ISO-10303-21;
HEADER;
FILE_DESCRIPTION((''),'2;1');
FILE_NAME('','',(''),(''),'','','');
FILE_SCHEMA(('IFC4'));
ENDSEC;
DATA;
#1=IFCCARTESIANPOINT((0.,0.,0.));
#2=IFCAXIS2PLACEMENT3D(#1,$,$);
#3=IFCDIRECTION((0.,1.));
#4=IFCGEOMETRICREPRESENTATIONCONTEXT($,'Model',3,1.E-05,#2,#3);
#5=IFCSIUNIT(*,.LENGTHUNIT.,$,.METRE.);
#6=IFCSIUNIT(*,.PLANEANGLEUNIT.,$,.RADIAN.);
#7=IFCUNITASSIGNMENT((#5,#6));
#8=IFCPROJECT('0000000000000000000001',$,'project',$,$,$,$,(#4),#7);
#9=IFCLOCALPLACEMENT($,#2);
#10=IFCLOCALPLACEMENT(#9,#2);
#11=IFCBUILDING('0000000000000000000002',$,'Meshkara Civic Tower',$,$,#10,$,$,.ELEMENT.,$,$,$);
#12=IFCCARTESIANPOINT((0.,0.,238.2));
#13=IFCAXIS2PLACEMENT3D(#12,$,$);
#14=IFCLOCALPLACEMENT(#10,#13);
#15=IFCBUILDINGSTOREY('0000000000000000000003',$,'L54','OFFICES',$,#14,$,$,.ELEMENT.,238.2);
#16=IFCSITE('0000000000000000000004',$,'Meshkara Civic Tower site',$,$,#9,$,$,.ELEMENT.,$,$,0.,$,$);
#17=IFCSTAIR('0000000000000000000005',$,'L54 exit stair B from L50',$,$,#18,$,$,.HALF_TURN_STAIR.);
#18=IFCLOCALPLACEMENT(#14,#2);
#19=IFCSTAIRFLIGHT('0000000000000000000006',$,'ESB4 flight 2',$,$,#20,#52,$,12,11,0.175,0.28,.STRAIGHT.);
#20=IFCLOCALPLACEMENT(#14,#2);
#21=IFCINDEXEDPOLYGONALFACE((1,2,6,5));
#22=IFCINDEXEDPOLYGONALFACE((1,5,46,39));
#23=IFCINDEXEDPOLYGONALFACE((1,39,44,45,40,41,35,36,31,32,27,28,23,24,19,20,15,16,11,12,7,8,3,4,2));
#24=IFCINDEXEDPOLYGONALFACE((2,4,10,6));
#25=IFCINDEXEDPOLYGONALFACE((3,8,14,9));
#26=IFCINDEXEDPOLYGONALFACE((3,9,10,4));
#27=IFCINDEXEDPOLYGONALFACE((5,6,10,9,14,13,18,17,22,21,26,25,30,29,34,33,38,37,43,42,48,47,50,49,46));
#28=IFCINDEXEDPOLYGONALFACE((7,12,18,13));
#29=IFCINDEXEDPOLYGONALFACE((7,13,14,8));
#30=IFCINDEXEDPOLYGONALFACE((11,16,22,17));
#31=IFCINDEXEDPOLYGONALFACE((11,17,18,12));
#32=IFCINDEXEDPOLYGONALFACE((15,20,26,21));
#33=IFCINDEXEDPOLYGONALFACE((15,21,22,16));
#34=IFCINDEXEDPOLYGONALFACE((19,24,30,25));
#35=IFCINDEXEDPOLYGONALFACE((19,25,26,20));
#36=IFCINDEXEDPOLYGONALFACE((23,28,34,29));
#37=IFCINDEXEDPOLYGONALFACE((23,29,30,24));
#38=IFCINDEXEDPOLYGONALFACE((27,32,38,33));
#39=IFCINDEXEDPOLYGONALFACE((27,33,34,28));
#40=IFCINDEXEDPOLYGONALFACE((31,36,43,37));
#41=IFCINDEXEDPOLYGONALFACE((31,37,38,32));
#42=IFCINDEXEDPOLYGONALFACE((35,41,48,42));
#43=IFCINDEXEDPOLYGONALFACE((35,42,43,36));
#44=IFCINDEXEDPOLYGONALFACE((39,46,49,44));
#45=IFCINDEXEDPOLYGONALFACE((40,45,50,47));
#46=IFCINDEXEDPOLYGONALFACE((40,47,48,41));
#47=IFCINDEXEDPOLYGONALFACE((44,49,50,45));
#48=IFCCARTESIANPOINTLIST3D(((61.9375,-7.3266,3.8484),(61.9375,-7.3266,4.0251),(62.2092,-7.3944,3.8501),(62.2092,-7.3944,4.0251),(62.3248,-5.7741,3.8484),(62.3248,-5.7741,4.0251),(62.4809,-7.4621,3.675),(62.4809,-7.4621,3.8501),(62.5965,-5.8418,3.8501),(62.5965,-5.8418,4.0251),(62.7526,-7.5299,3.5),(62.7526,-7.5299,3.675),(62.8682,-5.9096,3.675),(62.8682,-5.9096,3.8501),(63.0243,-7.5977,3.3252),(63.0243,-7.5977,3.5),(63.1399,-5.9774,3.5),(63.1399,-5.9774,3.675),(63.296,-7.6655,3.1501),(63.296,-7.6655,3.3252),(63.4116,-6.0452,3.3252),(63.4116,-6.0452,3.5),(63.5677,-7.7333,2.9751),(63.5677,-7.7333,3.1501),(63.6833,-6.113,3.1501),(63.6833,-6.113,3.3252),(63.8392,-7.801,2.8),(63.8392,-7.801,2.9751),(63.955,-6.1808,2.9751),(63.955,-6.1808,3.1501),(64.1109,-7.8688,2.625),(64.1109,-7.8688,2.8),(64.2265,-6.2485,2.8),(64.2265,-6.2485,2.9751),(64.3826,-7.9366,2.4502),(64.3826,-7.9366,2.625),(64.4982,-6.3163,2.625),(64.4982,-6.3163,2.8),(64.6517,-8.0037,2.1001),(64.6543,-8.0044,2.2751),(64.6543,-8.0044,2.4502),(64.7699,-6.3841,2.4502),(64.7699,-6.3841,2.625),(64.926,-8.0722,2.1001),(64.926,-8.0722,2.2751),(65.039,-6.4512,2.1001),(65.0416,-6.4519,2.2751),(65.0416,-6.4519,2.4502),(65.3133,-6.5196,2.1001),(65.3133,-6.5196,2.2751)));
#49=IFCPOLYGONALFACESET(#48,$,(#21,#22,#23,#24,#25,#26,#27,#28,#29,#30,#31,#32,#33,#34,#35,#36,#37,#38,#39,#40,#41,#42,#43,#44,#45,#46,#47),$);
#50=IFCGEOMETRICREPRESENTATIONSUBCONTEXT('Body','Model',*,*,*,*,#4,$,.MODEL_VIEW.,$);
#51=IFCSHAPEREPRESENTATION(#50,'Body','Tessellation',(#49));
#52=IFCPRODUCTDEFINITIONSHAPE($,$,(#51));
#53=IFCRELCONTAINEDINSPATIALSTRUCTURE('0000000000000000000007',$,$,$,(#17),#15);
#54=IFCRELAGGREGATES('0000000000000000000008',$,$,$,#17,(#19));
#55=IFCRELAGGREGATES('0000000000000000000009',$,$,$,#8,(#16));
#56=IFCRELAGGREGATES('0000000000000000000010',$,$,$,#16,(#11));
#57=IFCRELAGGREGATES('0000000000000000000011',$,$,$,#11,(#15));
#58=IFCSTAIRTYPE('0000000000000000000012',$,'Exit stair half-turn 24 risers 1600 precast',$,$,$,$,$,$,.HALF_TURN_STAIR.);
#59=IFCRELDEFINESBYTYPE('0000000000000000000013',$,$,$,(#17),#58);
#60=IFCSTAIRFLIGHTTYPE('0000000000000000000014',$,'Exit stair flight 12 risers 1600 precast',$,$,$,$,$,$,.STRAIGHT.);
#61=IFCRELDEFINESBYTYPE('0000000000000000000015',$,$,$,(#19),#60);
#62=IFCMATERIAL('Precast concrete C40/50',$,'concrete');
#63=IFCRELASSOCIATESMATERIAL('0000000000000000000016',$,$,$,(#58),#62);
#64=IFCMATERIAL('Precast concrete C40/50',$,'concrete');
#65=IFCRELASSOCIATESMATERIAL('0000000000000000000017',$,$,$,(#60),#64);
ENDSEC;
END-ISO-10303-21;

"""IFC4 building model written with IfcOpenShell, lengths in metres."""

from ifc_helpers import new_model, si_unit, direction, frame, origin, place, context, subcontext, project, spatial, polyline, outline, extrude, material, type_object, element, aggregate, save


model = new_model("IFC4")

# Units and contexts
model_context = context("Model", 3, precision=1e-05, world=origin(), true_north=direction((0.0, 1.0)))
body_context = subcontext(model_context, "Body", "Model", "MODEL_VIEW")
ifc_project = project(units=[si_unit("LENGTHUNIT", "METRE"), si_unit("PLANEANGLEUNIT", "RADIAN")], contexts=[model_context])

# Site, building, storey
site_placement = place(None, origin())
site = spatial("IfcSite", under=ifc_project, at=site_placement, Name="Meshkara Civic Tower site", CompositionType="ELEMENT", RefElevation=0.0)
building_placement = place(site_placement, origin())
building = spatial("IfcBuilding", under=site, at=building_placement, Name="Meshkara Civic Tower", CompositionType="ELEMENT")
storey_placement = place(building_placement, frame((0.0, 0.0, 238.2)))
storey = spatial("IfcBuildingStorey", under=building, at=storey_placement, Name="L54", Description="OFFICES", CompositionType="ELEMENT", Elevation=238.2)

# Stair, stair flight
ifc_material_1 = material(Name="Precast concrete C40/50", Category="concrete")
stair_type = type_object("IfcStairType", Name="Exit stair half-turn 24 risers 1600 precast", PredefinedType="HALF_TURN_STAIR", material=ifc_material_1)
stair_placement = place(storey_placement, origin())
stair = element("IfcStair", 1, at=stair_placement, inside=storey, type_object=stair_type, Name="L54 exit stair B from L50", PredefinedType="HALF_TURN_STAIR")
ifc_material_2 = material(Name="Precast concrete C40/50", Category="concrete")
stair_flight_type = type_object("IfcStairFlightType", Name="Exit stair flight 12 risers 1600 precast", PredefinedType="STRAIGHT", material=ifc_material_2)
stair_flight_1_placement = place(storey_placement, frame((65.1196, -7.2959, 2.1001), z_axis=(0.0, 0.0, 1.0), x_axis=(-0.97026, 0.242065, 0.0)))
stair_flight_1 = element("IfcStairFlight", 2, at=stair_flight_1_placement, type_object=stair_flight_type, Name="ESB4 flight 2", NumberOfRisers=12, NumberOfTreads=11, PredefinedType="STRAIGHT", RiserHeight=0.175, TreadLength=0.28, context=body_context, shape_type="SweptSolid", body=[
    extrude(outline(polyline([(0.0, 0.0), (0.0, 0.175), (0.28, 0.175), (0.28, 0.3501), (0.5601, 0.3501), (0.5601, 0.5249), (0.8401, 0.5249), (0.8401, 0.7), (1.1201, 0.7), (1.1201, 0.875), (1.3999, 0.875), (1.3999, 1.05), (1.6799, 1.05), (1.6799, 1.2251), (1.96, 1.2251), (1.96, 1.3999), (2.24, 1.3999), (2.24, 1.575), (2.52, 1.575), (2.52, 1.75), (2.8, 1.75), (2.8, 1.925), (3.0801, 1.925), (3.0801, 2.1001), (3.0801, 1.7483), (0.2827, 0.0), (0.0, 0.0)])), frame((0.0, 0.8, 0.0), z_axis=(0.0, -1.0, 0.0), x_axis=(1.0, 0.0, 0.0)), (0.0, 0.0, 1.0), 1.6001),
])
aggregate(stair, [stair_flight_1])

save(model, "model.ifc")
